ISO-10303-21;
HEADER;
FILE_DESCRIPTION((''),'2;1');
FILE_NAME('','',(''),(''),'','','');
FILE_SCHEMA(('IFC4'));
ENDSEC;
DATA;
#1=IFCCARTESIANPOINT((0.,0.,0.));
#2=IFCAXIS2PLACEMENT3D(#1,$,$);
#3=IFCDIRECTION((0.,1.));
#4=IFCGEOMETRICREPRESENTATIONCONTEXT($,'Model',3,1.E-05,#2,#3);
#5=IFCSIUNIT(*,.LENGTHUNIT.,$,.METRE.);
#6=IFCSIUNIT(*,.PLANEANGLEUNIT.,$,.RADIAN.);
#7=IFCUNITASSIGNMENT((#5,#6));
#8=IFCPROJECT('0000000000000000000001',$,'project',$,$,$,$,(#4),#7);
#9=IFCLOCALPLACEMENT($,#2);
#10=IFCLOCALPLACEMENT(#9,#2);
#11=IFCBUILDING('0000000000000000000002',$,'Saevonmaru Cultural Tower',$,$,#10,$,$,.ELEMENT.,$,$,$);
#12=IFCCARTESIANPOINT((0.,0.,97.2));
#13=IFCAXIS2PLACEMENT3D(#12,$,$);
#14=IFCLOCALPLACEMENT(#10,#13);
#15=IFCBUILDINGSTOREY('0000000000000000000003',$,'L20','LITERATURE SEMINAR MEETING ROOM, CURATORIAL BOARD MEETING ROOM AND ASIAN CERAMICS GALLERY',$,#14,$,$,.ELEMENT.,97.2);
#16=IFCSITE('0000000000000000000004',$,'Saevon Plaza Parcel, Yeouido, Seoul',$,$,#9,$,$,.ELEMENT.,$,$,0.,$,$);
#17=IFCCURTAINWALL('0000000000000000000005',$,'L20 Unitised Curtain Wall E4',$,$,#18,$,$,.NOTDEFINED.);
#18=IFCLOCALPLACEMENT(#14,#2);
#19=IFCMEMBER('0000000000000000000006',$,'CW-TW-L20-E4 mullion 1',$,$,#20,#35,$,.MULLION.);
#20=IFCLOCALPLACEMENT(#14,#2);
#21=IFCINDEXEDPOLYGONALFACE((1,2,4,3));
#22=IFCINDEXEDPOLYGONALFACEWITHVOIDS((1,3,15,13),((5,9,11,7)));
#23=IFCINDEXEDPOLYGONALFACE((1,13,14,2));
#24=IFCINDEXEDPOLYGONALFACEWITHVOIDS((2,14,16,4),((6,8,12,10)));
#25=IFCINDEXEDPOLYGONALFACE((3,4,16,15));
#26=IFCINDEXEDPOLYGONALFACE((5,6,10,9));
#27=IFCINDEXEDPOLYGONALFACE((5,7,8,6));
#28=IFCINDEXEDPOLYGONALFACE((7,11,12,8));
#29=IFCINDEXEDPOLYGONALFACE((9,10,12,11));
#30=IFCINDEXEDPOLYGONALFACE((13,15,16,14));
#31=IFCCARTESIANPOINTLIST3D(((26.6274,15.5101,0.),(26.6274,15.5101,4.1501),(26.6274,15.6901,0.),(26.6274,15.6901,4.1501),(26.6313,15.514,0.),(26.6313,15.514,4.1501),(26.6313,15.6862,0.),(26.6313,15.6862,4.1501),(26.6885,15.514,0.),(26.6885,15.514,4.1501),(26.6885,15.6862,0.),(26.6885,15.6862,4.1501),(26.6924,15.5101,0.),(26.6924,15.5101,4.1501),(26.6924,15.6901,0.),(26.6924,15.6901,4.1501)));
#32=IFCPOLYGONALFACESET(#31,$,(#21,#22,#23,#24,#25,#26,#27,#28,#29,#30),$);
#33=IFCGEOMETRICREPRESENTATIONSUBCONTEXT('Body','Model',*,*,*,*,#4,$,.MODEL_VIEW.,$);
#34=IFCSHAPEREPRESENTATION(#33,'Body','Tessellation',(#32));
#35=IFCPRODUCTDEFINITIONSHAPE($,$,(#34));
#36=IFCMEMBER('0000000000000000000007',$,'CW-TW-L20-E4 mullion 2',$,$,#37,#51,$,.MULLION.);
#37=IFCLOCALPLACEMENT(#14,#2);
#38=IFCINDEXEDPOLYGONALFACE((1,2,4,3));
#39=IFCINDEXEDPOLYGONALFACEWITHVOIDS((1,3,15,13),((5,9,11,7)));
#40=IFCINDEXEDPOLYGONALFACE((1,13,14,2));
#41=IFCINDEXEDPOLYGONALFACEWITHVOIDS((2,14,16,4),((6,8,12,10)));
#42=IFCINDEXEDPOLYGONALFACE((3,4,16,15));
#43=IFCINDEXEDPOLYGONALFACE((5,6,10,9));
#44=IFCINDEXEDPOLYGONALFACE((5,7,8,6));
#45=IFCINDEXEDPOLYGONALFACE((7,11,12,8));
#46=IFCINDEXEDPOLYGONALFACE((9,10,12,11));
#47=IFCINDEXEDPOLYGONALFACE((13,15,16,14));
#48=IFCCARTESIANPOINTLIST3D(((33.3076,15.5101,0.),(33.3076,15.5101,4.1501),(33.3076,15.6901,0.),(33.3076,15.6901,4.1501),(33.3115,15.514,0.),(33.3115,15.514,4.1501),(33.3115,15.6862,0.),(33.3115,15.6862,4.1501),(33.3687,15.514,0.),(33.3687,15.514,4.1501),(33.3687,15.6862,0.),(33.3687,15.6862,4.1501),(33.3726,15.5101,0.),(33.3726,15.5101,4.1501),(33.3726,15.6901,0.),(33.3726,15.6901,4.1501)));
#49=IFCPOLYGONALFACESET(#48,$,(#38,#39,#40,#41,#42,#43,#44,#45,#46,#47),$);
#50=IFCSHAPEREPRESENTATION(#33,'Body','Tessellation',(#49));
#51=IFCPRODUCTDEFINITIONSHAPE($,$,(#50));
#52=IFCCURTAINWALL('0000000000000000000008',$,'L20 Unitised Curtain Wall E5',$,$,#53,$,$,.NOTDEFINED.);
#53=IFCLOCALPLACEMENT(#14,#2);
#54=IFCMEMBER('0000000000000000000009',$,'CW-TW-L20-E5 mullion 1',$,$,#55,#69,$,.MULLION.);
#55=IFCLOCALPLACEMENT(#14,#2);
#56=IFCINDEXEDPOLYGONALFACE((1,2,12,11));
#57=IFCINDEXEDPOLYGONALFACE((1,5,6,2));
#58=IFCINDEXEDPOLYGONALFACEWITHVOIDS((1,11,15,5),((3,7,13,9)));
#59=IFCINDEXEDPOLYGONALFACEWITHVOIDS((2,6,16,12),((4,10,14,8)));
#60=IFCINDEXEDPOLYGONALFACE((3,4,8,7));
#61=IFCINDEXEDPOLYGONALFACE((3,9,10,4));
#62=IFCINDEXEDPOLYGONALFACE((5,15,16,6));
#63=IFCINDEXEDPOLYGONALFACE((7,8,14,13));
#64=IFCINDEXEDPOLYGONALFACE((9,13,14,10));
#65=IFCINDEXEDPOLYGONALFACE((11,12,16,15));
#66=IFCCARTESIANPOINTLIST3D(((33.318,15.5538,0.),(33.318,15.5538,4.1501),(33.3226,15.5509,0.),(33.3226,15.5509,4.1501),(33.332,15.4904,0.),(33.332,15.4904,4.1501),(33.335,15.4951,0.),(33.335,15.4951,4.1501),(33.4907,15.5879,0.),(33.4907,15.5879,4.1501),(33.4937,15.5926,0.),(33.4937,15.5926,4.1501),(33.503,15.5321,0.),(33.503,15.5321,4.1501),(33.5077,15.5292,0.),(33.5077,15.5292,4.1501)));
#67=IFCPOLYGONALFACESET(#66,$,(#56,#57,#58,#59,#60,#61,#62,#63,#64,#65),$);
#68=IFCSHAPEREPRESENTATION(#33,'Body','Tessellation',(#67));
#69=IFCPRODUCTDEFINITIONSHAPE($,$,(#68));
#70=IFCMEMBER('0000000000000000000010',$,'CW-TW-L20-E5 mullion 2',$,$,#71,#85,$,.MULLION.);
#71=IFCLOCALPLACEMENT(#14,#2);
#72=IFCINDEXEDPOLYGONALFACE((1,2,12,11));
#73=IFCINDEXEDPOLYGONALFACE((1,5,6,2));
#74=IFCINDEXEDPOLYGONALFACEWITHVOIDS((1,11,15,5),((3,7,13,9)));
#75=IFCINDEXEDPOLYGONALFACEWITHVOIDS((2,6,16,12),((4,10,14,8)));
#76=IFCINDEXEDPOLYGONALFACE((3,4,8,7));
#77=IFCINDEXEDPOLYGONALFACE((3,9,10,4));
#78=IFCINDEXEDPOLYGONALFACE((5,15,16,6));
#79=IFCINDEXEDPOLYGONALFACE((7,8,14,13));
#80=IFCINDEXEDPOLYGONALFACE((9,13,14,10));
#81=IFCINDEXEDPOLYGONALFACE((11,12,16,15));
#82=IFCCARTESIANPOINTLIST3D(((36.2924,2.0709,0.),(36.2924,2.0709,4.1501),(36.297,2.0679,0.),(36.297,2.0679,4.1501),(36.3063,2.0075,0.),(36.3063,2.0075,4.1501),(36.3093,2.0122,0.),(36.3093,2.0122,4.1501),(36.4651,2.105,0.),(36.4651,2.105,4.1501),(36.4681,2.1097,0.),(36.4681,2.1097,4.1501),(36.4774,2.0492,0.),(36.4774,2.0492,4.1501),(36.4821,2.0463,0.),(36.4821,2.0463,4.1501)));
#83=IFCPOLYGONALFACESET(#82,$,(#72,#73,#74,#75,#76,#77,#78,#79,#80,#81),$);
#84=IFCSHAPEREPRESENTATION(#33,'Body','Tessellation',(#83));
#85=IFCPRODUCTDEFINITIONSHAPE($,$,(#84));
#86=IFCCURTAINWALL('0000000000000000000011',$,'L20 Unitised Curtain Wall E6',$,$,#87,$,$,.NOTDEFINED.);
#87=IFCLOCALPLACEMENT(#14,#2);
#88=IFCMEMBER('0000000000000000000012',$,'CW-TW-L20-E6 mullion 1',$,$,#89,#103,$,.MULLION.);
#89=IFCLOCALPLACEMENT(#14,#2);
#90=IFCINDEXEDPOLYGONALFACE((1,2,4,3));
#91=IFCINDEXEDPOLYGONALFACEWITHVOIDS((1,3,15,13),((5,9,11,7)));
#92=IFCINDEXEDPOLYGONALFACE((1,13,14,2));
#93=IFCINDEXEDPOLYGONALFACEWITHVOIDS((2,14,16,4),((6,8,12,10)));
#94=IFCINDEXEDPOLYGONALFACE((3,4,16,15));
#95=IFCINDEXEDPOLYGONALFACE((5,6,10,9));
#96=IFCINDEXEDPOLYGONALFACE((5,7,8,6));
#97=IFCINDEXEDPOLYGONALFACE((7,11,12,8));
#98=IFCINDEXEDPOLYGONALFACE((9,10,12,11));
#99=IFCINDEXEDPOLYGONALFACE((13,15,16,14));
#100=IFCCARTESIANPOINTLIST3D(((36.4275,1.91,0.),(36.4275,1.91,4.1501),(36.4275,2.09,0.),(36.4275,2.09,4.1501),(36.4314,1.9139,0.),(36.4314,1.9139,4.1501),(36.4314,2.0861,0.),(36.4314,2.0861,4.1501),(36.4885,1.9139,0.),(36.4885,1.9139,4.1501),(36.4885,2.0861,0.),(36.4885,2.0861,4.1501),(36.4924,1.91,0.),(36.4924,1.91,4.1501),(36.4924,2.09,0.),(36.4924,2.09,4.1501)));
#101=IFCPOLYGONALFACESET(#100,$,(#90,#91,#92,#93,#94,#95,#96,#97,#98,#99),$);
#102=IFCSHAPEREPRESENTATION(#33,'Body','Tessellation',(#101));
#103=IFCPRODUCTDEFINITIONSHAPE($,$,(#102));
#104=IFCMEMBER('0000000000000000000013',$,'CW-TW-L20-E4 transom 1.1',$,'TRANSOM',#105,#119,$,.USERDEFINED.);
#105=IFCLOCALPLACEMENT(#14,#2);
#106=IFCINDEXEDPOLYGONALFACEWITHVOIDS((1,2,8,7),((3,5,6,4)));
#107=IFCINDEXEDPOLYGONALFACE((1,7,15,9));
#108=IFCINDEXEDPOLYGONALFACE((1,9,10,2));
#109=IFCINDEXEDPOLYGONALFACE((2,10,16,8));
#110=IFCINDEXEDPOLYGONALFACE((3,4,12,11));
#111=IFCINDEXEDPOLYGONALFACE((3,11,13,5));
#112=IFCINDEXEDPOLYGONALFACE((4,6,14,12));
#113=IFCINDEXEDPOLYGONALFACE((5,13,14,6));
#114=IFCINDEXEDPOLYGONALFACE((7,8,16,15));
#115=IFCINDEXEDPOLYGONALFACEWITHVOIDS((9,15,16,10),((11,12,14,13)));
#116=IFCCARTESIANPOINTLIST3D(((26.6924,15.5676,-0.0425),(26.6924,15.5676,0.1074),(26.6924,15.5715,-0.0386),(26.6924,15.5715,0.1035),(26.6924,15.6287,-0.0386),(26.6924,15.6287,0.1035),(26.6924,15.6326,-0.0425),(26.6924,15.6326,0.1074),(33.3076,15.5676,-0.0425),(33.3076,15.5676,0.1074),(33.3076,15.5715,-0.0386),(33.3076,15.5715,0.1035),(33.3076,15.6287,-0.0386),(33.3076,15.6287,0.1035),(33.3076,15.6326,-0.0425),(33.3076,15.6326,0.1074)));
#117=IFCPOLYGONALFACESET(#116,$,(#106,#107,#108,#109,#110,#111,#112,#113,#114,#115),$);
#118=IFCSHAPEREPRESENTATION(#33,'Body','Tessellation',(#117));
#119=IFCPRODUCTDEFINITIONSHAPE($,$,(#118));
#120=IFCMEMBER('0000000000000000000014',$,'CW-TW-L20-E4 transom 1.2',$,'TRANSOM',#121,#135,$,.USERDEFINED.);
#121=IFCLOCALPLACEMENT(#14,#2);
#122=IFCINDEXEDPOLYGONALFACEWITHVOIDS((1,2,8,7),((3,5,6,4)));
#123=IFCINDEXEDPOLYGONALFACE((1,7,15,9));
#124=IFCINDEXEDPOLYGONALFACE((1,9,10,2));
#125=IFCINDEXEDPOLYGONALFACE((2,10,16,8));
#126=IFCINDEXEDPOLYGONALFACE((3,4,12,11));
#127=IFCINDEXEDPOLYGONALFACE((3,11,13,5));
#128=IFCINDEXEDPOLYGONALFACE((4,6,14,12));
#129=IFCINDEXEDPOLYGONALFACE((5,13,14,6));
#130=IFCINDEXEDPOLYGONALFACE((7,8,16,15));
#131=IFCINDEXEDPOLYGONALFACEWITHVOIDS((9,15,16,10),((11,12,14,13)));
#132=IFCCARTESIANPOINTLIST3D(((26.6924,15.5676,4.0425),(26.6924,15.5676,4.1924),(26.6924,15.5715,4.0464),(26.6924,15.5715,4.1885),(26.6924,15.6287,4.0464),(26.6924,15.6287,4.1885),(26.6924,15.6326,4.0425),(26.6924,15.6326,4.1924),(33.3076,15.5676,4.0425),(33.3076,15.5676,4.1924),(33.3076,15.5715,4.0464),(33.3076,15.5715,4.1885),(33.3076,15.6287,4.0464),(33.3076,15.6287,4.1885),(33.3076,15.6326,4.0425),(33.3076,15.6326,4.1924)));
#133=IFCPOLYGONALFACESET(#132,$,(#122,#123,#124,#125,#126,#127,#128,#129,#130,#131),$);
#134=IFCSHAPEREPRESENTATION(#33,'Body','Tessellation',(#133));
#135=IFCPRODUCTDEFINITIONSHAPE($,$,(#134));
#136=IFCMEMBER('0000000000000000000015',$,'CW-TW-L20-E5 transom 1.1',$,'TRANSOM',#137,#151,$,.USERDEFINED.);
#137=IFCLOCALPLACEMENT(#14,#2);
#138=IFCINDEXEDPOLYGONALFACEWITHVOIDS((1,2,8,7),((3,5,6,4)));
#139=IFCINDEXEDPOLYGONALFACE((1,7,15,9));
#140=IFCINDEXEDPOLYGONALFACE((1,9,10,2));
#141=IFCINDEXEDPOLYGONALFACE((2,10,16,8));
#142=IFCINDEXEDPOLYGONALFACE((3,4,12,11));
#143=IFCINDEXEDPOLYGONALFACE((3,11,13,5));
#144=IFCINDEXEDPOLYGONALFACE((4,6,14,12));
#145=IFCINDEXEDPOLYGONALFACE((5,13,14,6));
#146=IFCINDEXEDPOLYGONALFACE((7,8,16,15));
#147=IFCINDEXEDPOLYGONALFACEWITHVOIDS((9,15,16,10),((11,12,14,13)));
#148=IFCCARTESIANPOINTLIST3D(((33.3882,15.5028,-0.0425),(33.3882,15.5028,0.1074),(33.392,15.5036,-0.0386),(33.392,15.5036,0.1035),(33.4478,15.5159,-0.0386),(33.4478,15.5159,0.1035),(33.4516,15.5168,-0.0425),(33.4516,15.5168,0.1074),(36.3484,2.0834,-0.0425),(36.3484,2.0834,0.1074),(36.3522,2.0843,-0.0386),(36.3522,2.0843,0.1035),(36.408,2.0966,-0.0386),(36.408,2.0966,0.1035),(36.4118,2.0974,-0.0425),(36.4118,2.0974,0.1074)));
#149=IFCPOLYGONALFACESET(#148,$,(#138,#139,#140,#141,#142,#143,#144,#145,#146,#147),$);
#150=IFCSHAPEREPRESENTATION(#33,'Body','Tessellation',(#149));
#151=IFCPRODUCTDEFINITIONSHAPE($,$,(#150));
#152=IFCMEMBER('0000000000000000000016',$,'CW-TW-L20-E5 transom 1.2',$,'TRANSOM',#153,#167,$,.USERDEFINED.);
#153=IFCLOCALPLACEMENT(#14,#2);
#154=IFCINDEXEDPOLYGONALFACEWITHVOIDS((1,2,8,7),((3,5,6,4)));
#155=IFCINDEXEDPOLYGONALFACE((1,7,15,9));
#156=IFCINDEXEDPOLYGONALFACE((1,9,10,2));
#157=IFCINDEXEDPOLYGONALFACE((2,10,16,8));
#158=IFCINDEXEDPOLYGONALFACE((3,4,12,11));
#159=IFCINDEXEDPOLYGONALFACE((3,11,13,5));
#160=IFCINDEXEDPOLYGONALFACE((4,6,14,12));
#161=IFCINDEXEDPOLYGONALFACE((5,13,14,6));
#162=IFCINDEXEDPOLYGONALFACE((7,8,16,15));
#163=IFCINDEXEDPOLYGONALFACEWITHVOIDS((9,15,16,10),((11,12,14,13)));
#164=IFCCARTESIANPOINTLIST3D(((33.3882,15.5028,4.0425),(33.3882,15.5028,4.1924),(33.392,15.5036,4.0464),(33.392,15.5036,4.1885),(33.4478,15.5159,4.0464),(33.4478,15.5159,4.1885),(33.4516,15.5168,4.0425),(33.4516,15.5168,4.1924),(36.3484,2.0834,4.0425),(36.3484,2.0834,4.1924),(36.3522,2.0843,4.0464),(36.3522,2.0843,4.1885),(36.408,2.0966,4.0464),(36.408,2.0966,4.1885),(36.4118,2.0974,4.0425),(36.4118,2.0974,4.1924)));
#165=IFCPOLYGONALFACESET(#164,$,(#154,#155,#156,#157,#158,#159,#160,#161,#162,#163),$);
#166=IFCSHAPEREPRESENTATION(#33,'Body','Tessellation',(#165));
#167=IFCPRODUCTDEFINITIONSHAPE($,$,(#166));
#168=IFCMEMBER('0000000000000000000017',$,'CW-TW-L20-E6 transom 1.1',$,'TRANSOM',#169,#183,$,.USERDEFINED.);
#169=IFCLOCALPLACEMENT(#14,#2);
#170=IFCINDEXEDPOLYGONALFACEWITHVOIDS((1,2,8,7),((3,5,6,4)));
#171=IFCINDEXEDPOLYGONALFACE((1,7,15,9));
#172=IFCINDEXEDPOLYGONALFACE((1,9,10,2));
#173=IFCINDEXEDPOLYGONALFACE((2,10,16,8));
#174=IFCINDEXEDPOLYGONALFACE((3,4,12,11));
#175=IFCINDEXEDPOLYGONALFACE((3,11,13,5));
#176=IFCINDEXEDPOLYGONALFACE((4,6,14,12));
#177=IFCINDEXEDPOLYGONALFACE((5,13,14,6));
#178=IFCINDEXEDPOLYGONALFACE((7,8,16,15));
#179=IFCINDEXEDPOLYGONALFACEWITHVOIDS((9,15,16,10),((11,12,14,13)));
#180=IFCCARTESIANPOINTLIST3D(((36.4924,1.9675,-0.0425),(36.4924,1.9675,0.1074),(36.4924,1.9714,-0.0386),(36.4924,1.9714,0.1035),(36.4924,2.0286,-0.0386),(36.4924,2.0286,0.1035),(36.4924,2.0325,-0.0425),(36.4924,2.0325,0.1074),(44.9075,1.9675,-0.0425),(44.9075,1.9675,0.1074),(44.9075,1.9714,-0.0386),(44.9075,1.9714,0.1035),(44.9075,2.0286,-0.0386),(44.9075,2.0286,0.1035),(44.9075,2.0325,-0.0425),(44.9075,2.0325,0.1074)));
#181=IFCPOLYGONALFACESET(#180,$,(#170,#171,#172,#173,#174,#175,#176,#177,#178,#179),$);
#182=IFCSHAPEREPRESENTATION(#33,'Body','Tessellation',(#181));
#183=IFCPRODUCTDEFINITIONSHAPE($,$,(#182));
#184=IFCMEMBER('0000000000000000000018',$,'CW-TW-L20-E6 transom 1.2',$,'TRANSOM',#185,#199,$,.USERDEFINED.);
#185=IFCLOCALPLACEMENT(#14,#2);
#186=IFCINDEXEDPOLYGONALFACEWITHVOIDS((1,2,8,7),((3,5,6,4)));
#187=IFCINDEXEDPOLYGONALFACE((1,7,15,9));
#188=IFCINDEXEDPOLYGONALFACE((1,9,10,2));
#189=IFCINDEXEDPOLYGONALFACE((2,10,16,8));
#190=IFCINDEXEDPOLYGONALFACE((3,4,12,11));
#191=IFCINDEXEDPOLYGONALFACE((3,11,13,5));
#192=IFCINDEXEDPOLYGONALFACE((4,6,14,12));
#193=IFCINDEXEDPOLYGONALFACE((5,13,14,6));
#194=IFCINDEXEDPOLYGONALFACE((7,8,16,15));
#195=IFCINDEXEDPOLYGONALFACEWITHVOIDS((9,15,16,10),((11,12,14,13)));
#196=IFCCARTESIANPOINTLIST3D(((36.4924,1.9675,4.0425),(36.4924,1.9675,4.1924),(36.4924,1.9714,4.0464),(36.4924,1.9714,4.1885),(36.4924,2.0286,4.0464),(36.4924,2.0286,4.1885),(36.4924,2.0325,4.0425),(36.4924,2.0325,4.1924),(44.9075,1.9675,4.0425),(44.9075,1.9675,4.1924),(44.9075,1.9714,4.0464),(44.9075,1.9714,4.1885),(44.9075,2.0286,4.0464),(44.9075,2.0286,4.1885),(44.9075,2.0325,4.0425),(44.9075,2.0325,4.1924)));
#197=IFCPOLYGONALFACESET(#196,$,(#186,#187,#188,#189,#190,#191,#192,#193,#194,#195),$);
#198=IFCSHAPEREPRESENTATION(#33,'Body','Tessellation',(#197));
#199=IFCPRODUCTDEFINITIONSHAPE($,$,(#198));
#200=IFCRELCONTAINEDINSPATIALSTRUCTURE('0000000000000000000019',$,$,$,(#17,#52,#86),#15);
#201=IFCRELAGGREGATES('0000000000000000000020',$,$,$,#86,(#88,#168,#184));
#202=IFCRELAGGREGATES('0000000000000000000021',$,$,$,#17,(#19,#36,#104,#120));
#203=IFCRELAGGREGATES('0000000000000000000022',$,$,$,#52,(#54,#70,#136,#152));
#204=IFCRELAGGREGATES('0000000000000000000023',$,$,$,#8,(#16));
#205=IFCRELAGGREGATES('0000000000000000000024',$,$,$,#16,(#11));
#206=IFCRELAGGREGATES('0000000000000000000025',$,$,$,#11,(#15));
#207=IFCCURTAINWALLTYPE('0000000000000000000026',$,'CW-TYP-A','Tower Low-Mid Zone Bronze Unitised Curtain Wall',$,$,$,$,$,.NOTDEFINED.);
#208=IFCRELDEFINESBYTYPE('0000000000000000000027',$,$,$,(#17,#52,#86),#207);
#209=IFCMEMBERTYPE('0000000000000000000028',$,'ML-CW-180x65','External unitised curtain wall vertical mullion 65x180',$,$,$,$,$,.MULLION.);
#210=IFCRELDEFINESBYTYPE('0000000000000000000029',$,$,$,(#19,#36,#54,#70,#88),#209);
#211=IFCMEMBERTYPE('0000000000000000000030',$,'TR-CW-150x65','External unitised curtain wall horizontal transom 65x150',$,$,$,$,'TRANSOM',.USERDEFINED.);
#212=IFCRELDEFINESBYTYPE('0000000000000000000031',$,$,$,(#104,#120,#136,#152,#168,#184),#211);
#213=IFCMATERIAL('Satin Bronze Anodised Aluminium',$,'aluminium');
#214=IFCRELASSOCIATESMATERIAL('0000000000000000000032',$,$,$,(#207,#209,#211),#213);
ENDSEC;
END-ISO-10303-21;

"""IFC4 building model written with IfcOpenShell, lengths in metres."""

from ifc_helpers import new_model, si_unit, direction, frame, origin, origin_2d, place, context, subcontext, project, spatial, hollow_rectangle, extrude, material, material_profile, profile_set, type_object, element, aggregate, save


model = new_model("IFC4")

# Units and contexts
model_context = context("Model", 3, precision=1e-05, world=origin(), true_north=direction((0.0, 1.0)))
body_context = subcontext(model_context, "Body", "Model", "MODEL_VIEW")
ifc_project = project(units=[si_unit("LENGTHUNIT", "METRE"), si_unit("PLANEANGLEUNIT", "RADIAN")], contexts=[model_context])

# Site, building, storey
site_placement = place(None, origin())
site = spatial("IfcSite", under=ifc_project, at=site_placement, Name="Saevon Plaza Parcel, Yeouido, Seoul", CompositionType="ELEMENT", RefElevation=0.0)
building_placement = place(site_placement, origin())
building = spatial("IfcBuilding", under=site, at=building_placement, Name="Saevonmaru Cultural Tower", CompositionType="ELEMENT")
storey_placement = place(building_placement, frame((0.0, 0.0, 97.2)))
storey = spatial("IfcBuildingStorey", under=building, at=storey_placement, Name="L20", Description="LITERATURE SEMINAR MEETING ROOM, CURATORIAL BOARD MEETING ROOM AND ASIAN CERAMICS GALLERY", CompositionType="ELEMENT", Elevation=97.2)

# Shared definitions
ifc_material_1 = material(Name="Satin Bronze Anodised Aluminium", Category="aluminium")
curtain_wall_type = type_object("IfcCurtainWallType", Name="CW-TYP-A", Description="Tower Low-Mid Zone Bronze Unitised Curtain Wall", PredefinedType="NOTDEFINED", material=ifc_material_1)
ifc_material_profile_1 = material_profile(ifc_material_1, hollow_rectangle(XDim=0.0649, YDim=0.1799, WallThickness=0.0039, at=origin_2d()), Name="ALU-MULL-180x65x4")
ifc_profile_set_1 = profile_set([ifc_material_profile_1], Name="Satin Bronze Anodised Aluminium")
member_type_1 = type_object("IfcMemberType", Name="ML-CW-180x65", Description="External unitised curtain wall vertical mullion 65x180", PredefinedType="MULLION", material=ifc_profile_set_1)

# Curtain walls, members
curtain_wall_1_placement = place(storey_placement, origin())
curtain_wall_1 = element("IfcCurtainWall", 1, at=curtain_wall_1_placement, inside=storey, type_object=curtain_wall_type, Name="L20 Unitised Curtain Wall E4", PredefinedType="NOTDEFINED")
member_1_placement = place(storey_placement, frame((26.6599, 15.6001, 0.0), z_axis=(0.0, 0.0, 1.0), x_axis=(1.0, 0.0, 0.0)))
member_1 = element("IfcMember", 2, at=member_1_placement, type_object=member_type_1, Name="CW-TW-L20-E4 mullion 1", PredefinedType="MULLION", context=body_context, shape_type="SweptSolid", body=[
    extrude(hollow_rectangle(XDim=0.0649, YDim=0.1799, WallThickness=0.0039, at=origin_2d()), origin(), (0.0, 0.0, 1.0), 4.1501),
])
member_2_placement = place(storey_placement, frame((33.3401, 15.6001, 0.0), z_axis=(0.0, 0.0, 1.0), x_axis=(1.0, 0.0, 0.0)))
member_2 = element("IfcMember", 3, at=member_2_placement, type_object=member_type_1, Name="CW-TW-L20-E4 mullion 2", PredefinedType="MULLION", context=body_context, shape_type="SweptSolid", body=[
    extrude(hollow_rectangle(XDim=0.0649, YDim=0.1799, WallThickness=0.0039, at=origin_2d()), origin(), (0.0, 0.0, 1.0), 4.1501),
])
curtain_wall_2_placement = place(storey_placement, origin())
curtain_wall_2 = element("IfcCurtainWall", 4, at=curtain_wall_2_placement, inside=storey, type_object=curtain_wall_type, Name="L20 Unitised Curtain Wall E5", PredefinedType="NOTDEFINED")
member_3_placement = place(storey_placement, frame((33.4128, 15.5415, 0.0), z_axis=(0.0, 0.0, 1.0), x_axis=(0.215413, -0.976523, 0.0)))
member_3 = element("IfcMember", 5, at=member_3_placement, type_object=member_type_1, Name="CW-TW-L20-E5 mullion 1", PredefinedType="MULLION", context=body_context, shape_type="SweptSolid", body=[
    extrude(hollow_rectangle(XDim=0.0649, YDim=0.1799, WallThickness=0.0039, at=origin_2d()), origin(), (0.0, 0.0, 1.0), 4.1501),
])
member_4_placement = place(storey_placement, frame((36.3872, 2.0586, 0.0), z_axis=(0.0, 0.0, 1.0), x_axis=(0.215413, -0.976523, 0.0)))
member_4 = element("IfcMember", 6, at=member_4_placement, type_object=member_type_1, Name="CW-TW-L20-E5 mullion 2", PredefinedType="MULLION", context=body_context, shape_type="SweptSolid", body=[
    extrude(hollow_rectangle(XDim=0.0649, YDim=0.1799, WallThickness=0.0039, at=origin_2d()), origin(), (0.0, 0.0, 1.0), 4.1501),
])

# Curtain wall, member
curtain_wall_3_placement = place(storey_placement, origin())
curtain_wall_3 = element("IfcCurtainWall", 7, at=curtain_wall_3_placement, inside=storey, type_object=curtain_wall_type, Name="L20 Unitised Curtain Wall E6", PredefinedType="NOTDEFINED")
member_5_placement = place(storey_placement, frame((36.46, 2.0, 0.0), z_axis=(0.0, 0.0, 1.0), x_axis=(1.0, 0.0, 0.0)))
member_5 = element("IfcMember", 8, at=member_5_placement, type_object=member_type_1, Name="CW-TW-L20-E6 mullion 1", PredefinedType="MULLION", context=body_context, shape_type="SweptSolid", body=[
    extrude(hollow_rectangle(XDim=0.0649, YDim=0.1799, WallThickness=0.0039, at=origin_2d()), origin(), (0.0, 0.0, 1.0), 4.1501),
])

# Members
ifc_material_profile_2 = material_profile(ifc_material_1, hollow_rectangle(XDim=0.0649, YDim=0.1499, WallThickness=0.0039, at=origin_2d()), Name="ALU-TRAN-150x65x4")
ifc_profile_set_2 = profile_set([ifc_material_profile_2], Name="Satin Bronze Anodised Aluminium")
member_type_2 = type_object("IfcMemberType", Name="TR-CW-150x65", Description="External unitised curtain wall horizontal transom 65x150", ElementType="TRANSOM", PredefinedType="USERDEFINED", material=ifc_profile_set_2)
member_6_placement = place(storey_placement, frame((26.6924, 15.6001, 0.0325), z_axis=(1.0, 0.0, 0.0), x_axis=(0.0, 1.0, 0.0)))
member_6 = element("IfcMember", 9, at=member_6_placement, type_object=member_type_2, Name="CW-TW-L20-E4 transom 1.1", ObjectType="TRANSOM", PredefinedType="USERDEFINED", context=body_context, shape_type="SweptSolid", body=[
    extrude(hollow_rectangle(XDim=0.0649, YDim=0.1499, WallThickness=0.0039, at=origin_2d()), origin(), (0.0, 0.0, 1.0), 6.6152),
])
member_7_placement = place(storey_placement, frame((26.6924, 15.6001, 4.1174), z_axis=(1.0, 0.0, 0.0), x_axis=(0.0, 1.0, 0.0)))
member_7 = element("IfcMember", 10, at=member_7_placement, type_object=member_type_2, Name="CW-TW-L20-E4 transom 1.2", ObjectType="TRANSOM", PredefinedType="USERDEFINED", context=body_context, shape_type="SweptSolid", body=[
    extrude(hollow_rectangle(XDim=0.0649, YDim=0.1499, WallThickness=0.0039, at=origin_2d()), origin(), (0.0, 0.0, 1.0), 6.6152),
])
member_8_placement = place(storey_placement, frame((33.4199, 15.5098, 0.0325), z_axis=(0.215412, -0.976523, 0.0), x_axis=(0.976523, 0.215412, 0.0)))
member_8 = element("IfcMember", 11, at=member_8_placement, type_object=member_type_2, Name="CW-TW-L20-E5 transom 1.1", ObjectType="TRANSOM", PredefinedType="USERDEFINED", context=body_context, shape_type="SweptSolid", body=[
    extrude(hollow_rectangle(XDim=0.0649, YDim=0.1499, WallThickness=0.0039, at=origin_2d()), origin(), (0.0, 0.0, 1.0), 13.7419),
])
member_9_placement = place(storey_placement, frame((33.4199, 15.5098, 4.1174), z_axis=(0.215412, -0.976523, 0.0), x_axis=(0.976523, 0.215412, 0.0)))
member_9 = element("IfcMember", 12, at=member_9_placement, type_object=member_type_2, Name="CW-TW-L20-E5 transom 1.2", ObjectType="TRANSOM", PredefinedType="USERDEFINED", context=body_context, shape_type="SweptSolid", body=[
    extrude(hollow_rectangle(XDim=0.0649, YDim=0.1499, WallThickness=0.0039, at=origin_2d()), origin(), (0.0, 0.0, 1.0), 13.7419),
])
member_10_placement = place(storey_placement, frame((36.4924, 2.0, 0.0325), z_axis=(1.0, 0.0, 0.0), x_axis=(0.0, 1.0, 0.0)))
member_10 = element("IfcMember", 13, at=member_10_placement, type_object=member_type_2, Name="CW-TW-L20-E6 transom 1.1", ObjectType="TRANSOM", PredefinedType="USERDEFINED", context=body_context, shape_type="SweptSolid", body=[
    extrude(hollow_rectangle(XDim=0.0649, YDim=0.1499, WallThickness=0.0039, at=origin_2d()), origin(), (0.0, 0.0, 1.0), 8.415),
])
member_11_placement = place(storey_placement, frame((36.4924, 2.0, 4.1174), z_axis=(1.0, 0.0, 0.0), x_axis=(0.0, 1.0, 0.0)))
member_11 = element("IfcMember", 14, at=member_11_placement, type_object=member_type_2, Name="CW-TW-L20-E6 transom 1.2", ObjectType="TRANSOM", PredefinedType="USERDEFINED", context=body_context, shape_type="SweptSolid", body=[
    extrude(hollow_rectangle(XDim=0.0649, YDim=0.1499, WallThickness=0.0039, at=origin_2d()), origin(), (0.0, 0.0, 1.0), 8.415),
])
aggregate(curtain_wall_3, [member_5, member_10, member_11])

aggregate(curtain_wall_1, [member_1, member_2, member_6, member_7])
aggregate(curtain_wall_2, [member_3, member_4, member_8, member_9])

save(model, "model.ifc")
